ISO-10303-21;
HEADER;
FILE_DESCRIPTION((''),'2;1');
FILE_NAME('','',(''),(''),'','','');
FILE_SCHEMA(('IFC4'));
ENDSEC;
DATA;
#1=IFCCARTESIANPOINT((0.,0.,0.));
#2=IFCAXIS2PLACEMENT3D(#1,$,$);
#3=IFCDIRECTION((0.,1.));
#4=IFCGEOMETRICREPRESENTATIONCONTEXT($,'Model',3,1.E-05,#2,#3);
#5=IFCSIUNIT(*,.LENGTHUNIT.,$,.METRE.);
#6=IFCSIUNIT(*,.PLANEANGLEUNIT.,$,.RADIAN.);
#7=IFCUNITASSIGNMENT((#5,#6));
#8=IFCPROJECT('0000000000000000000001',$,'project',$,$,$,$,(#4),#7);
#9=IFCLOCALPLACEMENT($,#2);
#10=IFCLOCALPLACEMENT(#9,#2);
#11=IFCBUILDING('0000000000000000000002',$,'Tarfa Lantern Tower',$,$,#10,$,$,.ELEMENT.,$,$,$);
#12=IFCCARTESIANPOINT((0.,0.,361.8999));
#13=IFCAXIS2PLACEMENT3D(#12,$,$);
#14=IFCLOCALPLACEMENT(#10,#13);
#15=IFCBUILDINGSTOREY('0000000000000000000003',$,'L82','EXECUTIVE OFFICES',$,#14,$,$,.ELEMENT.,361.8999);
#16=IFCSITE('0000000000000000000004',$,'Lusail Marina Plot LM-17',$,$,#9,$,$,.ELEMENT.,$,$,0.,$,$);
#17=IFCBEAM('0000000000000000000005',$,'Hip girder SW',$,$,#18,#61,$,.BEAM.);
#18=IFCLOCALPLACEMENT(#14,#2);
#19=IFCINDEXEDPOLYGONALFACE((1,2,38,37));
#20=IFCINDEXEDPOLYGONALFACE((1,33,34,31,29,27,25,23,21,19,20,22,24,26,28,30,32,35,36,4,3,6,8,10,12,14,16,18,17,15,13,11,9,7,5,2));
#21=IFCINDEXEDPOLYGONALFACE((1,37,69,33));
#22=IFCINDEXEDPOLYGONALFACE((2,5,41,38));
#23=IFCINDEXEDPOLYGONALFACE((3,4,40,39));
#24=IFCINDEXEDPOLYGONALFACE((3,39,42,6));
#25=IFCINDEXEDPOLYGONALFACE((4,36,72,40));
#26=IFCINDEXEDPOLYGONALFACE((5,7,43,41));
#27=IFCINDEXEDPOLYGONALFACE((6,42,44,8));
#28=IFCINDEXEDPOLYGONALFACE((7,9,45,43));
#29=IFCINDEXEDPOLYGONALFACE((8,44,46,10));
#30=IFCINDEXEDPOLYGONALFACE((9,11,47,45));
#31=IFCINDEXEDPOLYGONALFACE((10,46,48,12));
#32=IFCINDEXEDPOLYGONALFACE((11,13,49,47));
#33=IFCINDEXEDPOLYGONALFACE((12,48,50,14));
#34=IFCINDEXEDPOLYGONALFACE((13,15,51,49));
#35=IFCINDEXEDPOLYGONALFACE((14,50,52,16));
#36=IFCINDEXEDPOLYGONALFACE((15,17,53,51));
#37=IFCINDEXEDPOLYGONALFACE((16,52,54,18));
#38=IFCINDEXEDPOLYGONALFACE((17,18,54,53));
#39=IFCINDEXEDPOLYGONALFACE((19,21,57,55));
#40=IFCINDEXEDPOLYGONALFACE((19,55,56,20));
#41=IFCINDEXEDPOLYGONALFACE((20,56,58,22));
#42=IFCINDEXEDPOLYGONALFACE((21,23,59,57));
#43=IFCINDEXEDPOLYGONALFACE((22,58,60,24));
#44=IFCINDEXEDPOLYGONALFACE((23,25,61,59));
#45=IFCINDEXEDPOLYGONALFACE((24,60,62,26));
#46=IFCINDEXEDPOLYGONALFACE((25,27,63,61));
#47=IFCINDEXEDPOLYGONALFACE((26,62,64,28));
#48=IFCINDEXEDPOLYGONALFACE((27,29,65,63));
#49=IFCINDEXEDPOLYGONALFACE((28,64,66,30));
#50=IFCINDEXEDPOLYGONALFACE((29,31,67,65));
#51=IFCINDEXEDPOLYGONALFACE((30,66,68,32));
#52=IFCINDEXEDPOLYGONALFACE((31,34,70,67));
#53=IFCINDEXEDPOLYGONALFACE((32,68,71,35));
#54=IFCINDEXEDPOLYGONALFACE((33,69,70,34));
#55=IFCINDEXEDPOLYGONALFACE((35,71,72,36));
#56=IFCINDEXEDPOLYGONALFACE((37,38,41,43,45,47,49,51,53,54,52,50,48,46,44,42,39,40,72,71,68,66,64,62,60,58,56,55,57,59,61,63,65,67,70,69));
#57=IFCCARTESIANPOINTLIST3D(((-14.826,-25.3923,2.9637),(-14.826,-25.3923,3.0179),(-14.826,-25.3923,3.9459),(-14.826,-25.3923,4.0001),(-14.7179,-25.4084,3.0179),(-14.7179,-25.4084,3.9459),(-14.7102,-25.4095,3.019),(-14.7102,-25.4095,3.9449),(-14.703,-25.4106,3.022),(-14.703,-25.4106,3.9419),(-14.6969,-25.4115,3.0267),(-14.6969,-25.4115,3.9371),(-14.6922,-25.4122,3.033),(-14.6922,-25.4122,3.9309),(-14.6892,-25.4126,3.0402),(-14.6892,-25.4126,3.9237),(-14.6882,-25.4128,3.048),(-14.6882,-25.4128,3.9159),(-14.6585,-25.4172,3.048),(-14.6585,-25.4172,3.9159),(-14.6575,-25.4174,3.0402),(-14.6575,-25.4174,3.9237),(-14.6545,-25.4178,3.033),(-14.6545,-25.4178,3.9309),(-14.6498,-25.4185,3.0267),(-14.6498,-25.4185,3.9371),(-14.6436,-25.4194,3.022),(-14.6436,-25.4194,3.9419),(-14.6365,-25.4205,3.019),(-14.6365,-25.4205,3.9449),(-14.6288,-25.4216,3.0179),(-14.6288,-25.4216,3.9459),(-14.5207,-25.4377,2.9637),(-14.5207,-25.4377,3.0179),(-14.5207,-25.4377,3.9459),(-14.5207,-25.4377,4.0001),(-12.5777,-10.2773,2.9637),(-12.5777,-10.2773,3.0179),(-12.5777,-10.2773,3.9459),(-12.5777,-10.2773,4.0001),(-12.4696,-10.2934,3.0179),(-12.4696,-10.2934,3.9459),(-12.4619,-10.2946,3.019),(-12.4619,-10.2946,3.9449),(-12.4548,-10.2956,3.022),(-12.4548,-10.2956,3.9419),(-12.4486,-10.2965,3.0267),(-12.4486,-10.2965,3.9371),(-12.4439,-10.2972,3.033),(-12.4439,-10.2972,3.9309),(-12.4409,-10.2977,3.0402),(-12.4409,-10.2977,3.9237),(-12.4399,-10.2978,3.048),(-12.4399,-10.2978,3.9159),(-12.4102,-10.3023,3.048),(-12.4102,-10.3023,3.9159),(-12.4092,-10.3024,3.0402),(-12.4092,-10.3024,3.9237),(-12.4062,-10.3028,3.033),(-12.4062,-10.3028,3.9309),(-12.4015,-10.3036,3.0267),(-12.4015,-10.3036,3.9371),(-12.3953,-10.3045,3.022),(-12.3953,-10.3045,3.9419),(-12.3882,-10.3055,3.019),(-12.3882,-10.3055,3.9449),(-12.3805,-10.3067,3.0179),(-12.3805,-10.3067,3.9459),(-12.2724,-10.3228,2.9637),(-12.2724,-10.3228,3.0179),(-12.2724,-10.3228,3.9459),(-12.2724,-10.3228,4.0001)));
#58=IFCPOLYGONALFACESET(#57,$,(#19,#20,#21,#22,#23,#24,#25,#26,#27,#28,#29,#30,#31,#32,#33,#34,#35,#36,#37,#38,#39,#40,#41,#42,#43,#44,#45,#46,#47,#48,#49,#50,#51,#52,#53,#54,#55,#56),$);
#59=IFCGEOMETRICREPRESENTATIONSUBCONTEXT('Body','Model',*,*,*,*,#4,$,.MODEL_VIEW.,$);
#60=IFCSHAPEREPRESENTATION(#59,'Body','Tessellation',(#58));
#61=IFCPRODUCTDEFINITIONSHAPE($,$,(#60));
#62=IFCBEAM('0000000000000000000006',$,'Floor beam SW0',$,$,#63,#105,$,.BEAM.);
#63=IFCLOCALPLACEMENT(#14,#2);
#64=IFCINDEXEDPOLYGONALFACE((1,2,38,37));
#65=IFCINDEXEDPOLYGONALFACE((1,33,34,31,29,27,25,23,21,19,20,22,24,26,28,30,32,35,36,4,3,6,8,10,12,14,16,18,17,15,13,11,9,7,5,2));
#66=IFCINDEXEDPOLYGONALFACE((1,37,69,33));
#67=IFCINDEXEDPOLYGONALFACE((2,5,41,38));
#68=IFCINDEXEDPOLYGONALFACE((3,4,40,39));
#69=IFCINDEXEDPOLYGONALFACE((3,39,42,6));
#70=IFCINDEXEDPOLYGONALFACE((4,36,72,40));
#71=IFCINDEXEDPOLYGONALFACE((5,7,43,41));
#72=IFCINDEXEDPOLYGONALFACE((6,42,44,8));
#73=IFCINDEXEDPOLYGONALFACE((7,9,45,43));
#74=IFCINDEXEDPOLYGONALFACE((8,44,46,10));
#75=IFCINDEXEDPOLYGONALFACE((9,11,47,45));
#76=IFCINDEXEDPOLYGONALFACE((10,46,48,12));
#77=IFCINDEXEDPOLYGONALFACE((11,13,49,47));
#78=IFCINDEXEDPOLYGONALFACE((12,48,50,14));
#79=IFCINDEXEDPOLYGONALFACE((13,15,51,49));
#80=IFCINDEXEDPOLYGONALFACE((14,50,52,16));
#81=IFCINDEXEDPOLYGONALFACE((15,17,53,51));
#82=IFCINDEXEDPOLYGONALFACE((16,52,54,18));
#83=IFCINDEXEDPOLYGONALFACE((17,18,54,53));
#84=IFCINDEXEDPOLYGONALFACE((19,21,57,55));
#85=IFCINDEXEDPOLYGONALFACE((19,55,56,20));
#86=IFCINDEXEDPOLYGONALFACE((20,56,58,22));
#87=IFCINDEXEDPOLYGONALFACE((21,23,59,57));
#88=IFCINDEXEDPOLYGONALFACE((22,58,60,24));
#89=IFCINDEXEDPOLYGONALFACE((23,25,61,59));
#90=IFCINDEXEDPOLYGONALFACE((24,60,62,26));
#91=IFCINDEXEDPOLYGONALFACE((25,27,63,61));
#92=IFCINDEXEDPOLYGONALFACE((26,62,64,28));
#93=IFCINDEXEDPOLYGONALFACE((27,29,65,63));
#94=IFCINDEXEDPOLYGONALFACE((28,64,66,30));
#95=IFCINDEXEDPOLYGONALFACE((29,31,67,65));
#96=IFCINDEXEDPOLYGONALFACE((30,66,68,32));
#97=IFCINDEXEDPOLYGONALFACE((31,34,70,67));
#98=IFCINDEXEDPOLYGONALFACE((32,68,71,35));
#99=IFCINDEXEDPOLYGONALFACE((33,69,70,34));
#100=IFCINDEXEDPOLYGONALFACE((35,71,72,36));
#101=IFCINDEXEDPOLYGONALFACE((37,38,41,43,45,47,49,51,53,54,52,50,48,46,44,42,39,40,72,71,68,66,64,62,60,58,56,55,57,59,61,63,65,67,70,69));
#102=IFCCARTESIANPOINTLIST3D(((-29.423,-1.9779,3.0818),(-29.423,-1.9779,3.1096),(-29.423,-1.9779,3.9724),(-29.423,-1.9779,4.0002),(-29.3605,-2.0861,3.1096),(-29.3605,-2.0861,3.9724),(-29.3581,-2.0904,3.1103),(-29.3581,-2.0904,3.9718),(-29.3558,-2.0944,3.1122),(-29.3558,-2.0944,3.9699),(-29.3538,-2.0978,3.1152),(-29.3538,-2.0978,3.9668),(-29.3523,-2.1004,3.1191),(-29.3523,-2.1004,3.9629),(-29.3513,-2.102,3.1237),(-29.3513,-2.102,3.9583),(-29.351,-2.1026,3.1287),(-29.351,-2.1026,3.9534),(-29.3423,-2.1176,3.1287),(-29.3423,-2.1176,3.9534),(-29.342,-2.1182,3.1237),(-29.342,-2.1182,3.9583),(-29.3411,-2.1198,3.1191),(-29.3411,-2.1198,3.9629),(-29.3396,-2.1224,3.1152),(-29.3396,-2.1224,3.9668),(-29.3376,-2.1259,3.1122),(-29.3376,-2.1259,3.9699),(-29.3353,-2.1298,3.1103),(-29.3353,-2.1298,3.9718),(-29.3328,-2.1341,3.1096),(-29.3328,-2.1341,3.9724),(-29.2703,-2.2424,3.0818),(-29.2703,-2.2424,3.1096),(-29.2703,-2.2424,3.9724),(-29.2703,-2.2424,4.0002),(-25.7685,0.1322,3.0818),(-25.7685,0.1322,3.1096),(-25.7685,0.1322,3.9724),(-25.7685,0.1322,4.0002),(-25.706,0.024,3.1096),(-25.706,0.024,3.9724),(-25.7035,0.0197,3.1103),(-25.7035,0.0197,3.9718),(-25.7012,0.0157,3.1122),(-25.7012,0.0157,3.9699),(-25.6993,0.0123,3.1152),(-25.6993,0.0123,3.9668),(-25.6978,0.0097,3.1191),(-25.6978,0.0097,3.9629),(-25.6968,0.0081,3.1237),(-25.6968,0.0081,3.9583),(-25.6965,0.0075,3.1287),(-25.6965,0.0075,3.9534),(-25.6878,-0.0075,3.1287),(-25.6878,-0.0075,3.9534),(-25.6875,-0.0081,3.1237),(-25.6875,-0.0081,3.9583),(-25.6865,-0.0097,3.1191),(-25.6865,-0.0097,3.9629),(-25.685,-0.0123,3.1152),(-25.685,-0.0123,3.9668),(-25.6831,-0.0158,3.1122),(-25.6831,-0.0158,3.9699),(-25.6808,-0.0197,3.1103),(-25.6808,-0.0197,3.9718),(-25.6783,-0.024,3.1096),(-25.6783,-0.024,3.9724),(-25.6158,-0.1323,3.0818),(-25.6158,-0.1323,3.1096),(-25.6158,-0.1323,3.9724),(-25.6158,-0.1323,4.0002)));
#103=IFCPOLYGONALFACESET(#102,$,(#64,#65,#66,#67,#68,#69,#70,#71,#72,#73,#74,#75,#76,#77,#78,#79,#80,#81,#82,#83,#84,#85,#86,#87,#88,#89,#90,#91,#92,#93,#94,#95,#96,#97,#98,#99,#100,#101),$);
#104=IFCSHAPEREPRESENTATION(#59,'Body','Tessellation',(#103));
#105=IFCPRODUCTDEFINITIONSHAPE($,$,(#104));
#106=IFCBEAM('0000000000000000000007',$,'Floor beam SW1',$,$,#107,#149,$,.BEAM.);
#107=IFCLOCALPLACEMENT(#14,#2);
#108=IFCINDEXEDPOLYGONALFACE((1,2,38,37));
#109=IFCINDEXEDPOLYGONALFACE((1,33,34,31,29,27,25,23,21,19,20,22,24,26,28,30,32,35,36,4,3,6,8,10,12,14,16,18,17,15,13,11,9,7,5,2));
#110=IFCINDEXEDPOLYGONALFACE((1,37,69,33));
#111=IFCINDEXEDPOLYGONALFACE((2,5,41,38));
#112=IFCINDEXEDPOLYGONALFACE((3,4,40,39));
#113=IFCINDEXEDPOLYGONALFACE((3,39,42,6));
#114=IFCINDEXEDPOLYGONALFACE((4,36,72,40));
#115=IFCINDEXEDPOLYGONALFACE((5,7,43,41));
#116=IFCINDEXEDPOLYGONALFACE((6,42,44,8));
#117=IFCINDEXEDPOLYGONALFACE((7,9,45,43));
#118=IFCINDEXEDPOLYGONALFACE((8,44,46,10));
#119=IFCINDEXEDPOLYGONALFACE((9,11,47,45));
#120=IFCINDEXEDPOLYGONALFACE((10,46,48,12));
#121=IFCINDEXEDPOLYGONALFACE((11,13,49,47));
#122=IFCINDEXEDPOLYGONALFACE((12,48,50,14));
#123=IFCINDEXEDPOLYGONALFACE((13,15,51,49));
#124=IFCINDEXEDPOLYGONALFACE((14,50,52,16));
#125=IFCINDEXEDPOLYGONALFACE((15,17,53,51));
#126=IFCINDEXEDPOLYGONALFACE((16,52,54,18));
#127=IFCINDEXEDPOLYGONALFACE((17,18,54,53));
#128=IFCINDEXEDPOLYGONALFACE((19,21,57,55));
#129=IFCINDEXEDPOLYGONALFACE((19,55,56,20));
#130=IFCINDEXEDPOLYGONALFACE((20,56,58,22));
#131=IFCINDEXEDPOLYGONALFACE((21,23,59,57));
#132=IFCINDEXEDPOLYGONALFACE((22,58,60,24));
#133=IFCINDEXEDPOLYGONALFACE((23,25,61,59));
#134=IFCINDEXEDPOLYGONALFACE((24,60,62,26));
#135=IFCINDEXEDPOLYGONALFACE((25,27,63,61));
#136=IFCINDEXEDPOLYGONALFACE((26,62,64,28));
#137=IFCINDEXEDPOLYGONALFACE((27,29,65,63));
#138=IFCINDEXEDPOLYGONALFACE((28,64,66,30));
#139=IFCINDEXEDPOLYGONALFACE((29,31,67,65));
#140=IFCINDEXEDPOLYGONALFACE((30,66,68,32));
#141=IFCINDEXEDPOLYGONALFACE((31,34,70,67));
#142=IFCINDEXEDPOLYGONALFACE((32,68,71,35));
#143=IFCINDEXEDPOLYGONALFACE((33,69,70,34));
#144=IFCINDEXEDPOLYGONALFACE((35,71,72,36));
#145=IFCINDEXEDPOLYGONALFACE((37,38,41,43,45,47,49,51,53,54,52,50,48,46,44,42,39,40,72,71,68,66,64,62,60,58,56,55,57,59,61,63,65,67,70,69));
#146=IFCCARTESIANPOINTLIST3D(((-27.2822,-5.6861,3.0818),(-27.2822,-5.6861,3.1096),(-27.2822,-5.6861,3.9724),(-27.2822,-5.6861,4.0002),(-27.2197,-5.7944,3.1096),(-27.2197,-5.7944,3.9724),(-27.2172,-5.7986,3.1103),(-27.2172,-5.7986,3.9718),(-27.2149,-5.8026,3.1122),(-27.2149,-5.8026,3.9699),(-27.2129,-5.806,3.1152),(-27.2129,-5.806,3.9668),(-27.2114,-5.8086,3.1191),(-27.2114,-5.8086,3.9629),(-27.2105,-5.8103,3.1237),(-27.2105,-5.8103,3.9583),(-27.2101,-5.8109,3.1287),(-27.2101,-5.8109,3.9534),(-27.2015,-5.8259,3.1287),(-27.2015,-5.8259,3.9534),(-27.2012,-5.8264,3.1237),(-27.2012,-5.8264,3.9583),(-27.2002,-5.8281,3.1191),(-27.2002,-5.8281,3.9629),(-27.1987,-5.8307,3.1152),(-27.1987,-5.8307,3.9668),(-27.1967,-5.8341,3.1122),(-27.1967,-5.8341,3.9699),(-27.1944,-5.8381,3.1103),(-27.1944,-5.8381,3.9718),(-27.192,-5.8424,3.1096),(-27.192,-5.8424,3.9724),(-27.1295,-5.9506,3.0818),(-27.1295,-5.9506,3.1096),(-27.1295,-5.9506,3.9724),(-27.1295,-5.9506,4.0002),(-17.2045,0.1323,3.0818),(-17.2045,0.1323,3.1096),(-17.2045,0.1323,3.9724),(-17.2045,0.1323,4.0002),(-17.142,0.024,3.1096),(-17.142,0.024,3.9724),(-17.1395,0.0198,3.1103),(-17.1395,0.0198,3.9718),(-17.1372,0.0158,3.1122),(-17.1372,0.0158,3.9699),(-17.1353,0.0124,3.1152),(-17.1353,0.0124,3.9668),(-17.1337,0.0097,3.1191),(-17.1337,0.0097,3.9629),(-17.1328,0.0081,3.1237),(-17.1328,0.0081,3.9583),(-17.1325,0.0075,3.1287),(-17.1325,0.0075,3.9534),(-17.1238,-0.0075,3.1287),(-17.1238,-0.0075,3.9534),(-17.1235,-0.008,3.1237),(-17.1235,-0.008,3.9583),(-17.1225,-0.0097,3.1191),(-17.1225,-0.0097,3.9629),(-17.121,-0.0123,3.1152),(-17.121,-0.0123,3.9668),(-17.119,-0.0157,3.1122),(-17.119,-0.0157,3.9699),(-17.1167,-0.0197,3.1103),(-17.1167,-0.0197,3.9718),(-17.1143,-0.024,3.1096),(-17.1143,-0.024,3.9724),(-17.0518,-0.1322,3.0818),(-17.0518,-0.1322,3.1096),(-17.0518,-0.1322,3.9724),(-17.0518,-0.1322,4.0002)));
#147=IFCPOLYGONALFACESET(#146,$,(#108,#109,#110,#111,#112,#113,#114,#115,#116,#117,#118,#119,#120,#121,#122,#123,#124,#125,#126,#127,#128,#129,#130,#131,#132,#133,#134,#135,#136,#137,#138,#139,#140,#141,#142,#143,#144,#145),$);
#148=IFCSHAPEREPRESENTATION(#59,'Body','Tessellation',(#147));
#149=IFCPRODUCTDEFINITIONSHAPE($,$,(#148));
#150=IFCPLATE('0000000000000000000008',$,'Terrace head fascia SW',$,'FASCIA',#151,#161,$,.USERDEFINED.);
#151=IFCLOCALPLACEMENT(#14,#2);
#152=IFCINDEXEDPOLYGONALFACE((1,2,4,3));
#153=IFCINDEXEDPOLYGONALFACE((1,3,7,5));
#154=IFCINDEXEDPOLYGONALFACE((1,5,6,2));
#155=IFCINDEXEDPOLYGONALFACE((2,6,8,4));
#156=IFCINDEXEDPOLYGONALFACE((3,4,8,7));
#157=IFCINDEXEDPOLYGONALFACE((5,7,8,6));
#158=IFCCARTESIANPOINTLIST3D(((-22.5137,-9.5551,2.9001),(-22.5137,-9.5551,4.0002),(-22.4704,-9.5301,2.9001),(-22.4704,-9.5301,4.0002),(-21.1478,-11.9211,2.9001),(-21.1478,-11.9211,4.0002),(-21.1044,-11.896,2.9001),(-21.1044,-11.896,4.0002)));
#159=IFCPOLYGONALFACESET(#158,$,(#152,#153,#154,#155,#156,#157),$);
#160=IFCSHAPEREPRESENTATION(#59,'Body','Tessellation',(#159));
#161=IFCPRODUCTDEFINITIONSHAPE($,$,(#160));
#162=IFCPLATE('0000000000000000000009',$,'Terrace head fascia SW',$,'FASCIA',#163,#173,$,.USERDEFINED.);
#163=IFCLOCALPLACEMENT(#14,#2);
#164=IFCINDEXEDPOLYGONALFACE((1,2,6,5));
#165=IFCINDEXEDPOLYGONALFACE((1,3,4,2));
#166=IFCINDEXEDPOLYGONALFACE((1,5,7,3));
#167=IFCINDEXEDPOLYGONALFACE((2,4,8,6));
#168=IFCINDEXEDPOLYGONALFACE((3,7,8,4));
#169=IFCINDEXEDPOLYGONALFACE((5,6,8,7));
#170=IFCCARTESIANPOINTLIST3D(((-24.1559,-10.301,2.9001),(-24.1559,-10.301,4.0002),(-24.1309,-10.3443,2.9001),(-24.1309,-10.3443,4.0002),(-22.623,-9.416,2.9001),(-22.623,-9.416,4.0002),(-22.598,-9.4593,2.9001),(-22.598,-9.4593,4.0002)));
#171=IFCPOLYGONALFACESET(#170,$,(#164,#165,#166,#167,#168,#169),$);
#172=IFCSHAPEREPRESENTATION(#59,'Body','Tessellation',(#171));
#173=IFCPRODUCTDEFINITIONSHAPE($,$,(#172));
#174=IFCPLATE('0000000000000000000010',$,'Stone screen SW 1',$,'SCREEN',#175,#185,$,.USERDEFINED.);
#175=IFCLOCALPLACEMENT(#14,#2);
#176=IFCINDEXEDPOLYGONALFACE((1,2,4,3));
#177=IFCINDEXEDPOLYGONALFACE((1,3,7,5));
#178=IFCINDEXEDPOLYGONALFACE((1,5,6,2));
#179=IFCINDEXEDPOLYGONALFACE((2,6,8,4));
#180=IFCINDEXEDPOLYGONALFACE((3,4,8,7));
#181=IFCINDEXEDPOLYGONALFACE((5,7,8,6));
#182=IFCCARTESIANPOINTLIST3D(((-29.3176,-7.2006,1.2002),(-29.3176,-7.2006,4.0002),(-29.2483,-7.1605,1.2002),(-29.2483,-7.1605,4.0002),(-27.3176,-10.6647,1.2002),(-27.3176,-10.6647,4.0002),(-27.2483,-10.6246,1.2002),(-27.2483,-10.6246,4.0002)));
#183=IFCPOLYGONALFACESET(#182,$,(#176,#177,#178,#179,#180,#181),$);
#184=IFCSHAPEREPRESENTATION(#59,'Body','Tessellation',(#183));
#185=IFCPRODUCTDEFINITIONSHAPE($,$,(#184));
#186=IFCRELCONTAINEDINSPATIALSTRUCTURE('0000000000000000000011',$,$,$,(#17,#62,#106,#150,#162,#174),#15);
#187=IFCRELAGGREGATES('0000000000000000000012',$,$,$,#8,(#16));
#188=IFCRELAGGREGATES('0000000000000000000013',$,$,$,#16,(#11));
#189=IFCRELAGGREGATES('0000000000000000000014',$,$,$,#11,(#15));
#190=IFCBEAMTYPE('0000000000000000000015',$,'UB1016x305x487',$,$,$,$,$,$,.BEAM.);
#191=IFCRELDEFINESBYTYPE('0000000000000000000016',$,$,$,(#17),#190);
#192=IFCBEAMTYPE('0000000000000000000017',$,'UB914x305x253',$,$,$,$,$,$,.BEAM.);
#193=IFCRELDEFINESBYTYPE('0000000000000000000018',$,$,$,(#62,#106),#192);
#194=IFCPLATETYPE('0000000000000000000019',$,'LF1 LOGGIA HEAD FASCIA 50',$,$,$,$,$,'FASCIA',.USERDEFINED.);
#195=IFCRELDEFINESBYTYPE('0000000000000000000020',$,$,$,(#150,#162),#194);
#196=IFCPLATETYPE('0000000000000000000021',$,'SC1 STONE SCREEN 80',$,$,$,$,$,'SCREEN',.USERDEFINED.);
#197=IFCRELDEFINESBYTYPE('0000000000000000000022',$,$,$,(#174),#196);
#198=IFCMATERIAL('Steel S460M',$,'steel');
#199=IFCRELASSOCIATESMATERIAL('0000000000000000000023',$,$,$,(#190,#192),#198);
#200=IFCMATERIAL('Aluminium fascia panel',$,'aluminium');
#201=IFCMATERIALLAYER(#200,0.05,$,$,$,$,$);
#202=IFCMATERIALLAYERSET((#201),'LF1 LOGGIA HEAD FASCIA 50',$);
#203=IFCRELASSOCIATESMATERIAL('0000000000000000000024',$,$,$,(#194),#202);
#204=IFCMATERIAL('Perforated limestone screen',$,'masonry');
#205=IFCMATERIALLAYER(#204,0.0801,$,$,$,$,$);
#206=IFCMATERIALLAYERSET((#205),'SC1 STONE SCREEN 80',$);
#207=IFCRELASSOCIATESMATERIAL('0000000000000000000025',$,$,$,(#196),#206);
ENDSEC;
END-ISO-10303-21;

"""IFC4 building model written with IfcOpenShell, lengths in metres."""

from ifc_helpers import new_model, si_unit, direction, frame, origin, origin_2d, place, context, subcontext, project, spatial, rectangle, i_section, extrude, material, layer, layer_set, material_profile, profile_set, type_object, element, save


model = new_model("IFC4")

# Units and contexts
model_context = context("Model", 3, precision=1e-05, world=origin(), true_north=direction((0.0, 1.0)))
body_context = subcontext(model_context, "Body", "Model", "MODEL_VIEW")
ifc_project = project(units=[si_unit("LENGTHUNIT", "METRE"), si_unit("PLANEANGLEUNIT", "RADIAN")], contexts=[model_context])

# Site, building, storey
site_placement = place(None, origin())
site = spatial("IfcSite", under=ifc_project, at=site_placement, Name="Lusail Marina Plot LM-17", CompositionType="ELEMENT", RefElevation=0.0)
building_placement = place(site_placement, origin())
building = spatial("IfcBuilding", under=site, at=building_placement, Name="Tarfa Lantern Tower", CompositionType="ELEMENT")
storey_placement = place(building_placement, frame((0.0, 0.0, 361.8999)))
storey = spatial("IfcBuildingStorey", under=building, at=storey_placement, Name="L82", Description="EXECUTIVE OFFICES", CompositionType="ELEMENT", Elevation=361.8999)

# Beams
ifc_material_1 = material(Name="Steel S460M", Category="steel")
ifc_material_profile_1 = material_profile(ifc_material_1, i_section(OverallWidth=0.3086, OverallDepth=1.0364, WebThickness=0.03, FlangeThickness=0.0542, FilletRadius=0.03, at=origin_2d()), Name="UB1016x305x487")
ifc_profile_set_1 = profile_set([ifc_material_profile_1], Name="Steel S460M")
beam_type_1 = type_object("IfcBeamType", Name="UB1016x305x487", PredefinedType="BEAM", material=ifc_profile_set_1)
beam_1_placement = place(storey_placement, frame((-12.425, -10.3, 3.4819), z_axis=(-0.147127, -0.989118, 0.0), x_axis=(0.989118, -0.147127, 0.0)))
element("IfcBeam", 1, at=beam_1_placement, inside=storey, type_object=beam_type_1, Name="Hip girder SW", PredefinedType="BEAM", context=body_context, shape_type="SweptSolid", body=[
    extrude(i_section(OverallWidth=0.3086, OverallDepth=1.0364, WebThickness=0.03, FlangeThickness=0.0542, FilletRadius=0.03, at=origin_2d()), origin(), (0.0, 0.0, 1.0), 15.2812),
])
ifc_material_profile_2 = material_profile(ifc_material_1, i_section(OverallWidth=0.3054, OverallDepth=0.9185, WebThickness=0.0173, FlangeThickness=0.0278, FilletRadius=0.019, at=origin_2d()), Name="UB914x305x253")
ifc_profile_set_2 = profile_set([ifc_material_profile_2], Name="Steel S460M")
beam_type_2 = type_object("IfcBeamType", Name="UB914x305x253", PredefinedType="BEAM", material=ifc_profile_set_2)
beam_2_placement = place(storey_placement, frame((-29.3467, -2.1101, 3.541), z_axis=(0.866009, 0.500028, 0.0), x_axis=(-0.500028, 0.866009, 0.0)))
element("IfcBeam", 2, at=beam_2_placement, inside=storey, type_object=beam_type_2, Name="Floor beam SW0", PredefinedType="BEAM", context=body_context, shape_type="SweptSolid", body=[
    extrude(i_section(OverallWidth=0.3054, OverallDepth=0.9185, WebThickness=0.0173, FlangeThickness=0.0278, FilletRadius=0.019, at=origin_2d()), origin(), (0.0, 0.0, 1.0), 4.22),
])
beam_3_placement = place(storey_placement, frame((-27.2058, -5.8184, 3.541), z_axis=(0.866024, 0.500002, 0.0), x_axis=(-0.500002, 0.866024, 0.0)))
element("IfcBeam", 3, at=beam_3_placement, inside=storey, type_object=beam_type_2, Name="Floor beam SW1", PredefinedType="BEAM", context=body_context, shape_type="SweptSolid", body=[
    extrude(i_section(OverallWidth=0.3054, OverallDepth=0.9185, WebThickness=0.0173, FlangeThickness=0.0278, FilletRadius=0.019, at=origin_2d()), origin(), (0.0, 0.0, 1.0), 11.6367),
])

# Plates
ifc_material_2 = material(Name="Aluminium fascia panel", Category="aluminium")
ifc_layer_1 = layer(ifc_material_2, 0.05)
ifc_layer_set_1 = layer_set([ifc_layer_1], Name="LF1 LOGGIA HEAD FASCIA 50")
plate_type_1 = type_object("IfcPlateType", Name="LF1 LOGGIA HEAD FASCIA 50", ElementType="FASCIA", PredefinedType="USERDEFINED", material=ifc_layer_set_1)
plate_1_placement = place(storey_placement, frame((-21.8091, -10.7256, 2.9001), z_axis=(0.0, 0.0, 1.0), x_axis=(0.5, -0.866025, 0.0)))
element("IfcPlate", 4, at=plate_1_placement, inside=storey, type_object=plate_type_1, Name="Terrace head fascia SW", ObjectType="FASCIA", PredefinedType="USERDEFINED", context=body_context, shape_type="SweptSolid", body=[
    extrude(rectangle(XDim=2.7319, YDim=0.05, at=origin_2d()), origin(), (0.0, 0.0, 1.0), 1.1001),
])
plate_2_placement = place(storey_placement, frame((-23.377, -9.8801, 2.9001), z_axis=(0.0, 0.0, 1.0), x_axis=(0.866025, 0.5, 0.0)))
element("IfcPlate", 5, at=plate_2_placement, inside=storey, type_object=plate_type_1, Name="Terrace head fascia SW", ObjectType="FASCIA", PredefinedType="USERDEFINED", context=body_context, shape_type="SweptSolid", body=[
    extrude(rectangle(XDim=1.77, YDim=0.05, at=origin_2d()), origin(), (0.0, 0.0, 1.0), 1.1001),
])
ifc_material_3 = material(Name="Perforated limestone screen", Category="masonry")
ifc_layer_2 = layer(ifc_material_3, 0.0801)
ifc_layer_set_2 = layer_set([ifc_layer_2], Name="SC1 STONE SCREEN 80")
plate_type_2 = type_object("IfcPlateType", Name="SC1 STONE SCREEN 80", ElementType="SCREEN", PredefinedType="USERDEFINED", material=ifc_layer_set_2)
plate_3_placement = place(storey_placement, frame((-28.283, -8.9126, 1.2002), z_axis=(0.0, 0.0, 1.0), x_axis=(0.5, -0.866025, 0.0)))
element("IfcPlate", 6, at=plate_3_placement, inside=storey, type_object=plate_type_2, Name="Stone screen SW 1", ObjectType="SCREEN", PredefinedType="USERDEFINED", context=body_context, shape_type="SweptSolid", body=[
    extrude(rectangle(XDim=4.0, YDim=0.0801, at=origin_2d()), origin(), (0.0, 0.0, 1.0), 2.8),
])

save(model, "model.ifc")
